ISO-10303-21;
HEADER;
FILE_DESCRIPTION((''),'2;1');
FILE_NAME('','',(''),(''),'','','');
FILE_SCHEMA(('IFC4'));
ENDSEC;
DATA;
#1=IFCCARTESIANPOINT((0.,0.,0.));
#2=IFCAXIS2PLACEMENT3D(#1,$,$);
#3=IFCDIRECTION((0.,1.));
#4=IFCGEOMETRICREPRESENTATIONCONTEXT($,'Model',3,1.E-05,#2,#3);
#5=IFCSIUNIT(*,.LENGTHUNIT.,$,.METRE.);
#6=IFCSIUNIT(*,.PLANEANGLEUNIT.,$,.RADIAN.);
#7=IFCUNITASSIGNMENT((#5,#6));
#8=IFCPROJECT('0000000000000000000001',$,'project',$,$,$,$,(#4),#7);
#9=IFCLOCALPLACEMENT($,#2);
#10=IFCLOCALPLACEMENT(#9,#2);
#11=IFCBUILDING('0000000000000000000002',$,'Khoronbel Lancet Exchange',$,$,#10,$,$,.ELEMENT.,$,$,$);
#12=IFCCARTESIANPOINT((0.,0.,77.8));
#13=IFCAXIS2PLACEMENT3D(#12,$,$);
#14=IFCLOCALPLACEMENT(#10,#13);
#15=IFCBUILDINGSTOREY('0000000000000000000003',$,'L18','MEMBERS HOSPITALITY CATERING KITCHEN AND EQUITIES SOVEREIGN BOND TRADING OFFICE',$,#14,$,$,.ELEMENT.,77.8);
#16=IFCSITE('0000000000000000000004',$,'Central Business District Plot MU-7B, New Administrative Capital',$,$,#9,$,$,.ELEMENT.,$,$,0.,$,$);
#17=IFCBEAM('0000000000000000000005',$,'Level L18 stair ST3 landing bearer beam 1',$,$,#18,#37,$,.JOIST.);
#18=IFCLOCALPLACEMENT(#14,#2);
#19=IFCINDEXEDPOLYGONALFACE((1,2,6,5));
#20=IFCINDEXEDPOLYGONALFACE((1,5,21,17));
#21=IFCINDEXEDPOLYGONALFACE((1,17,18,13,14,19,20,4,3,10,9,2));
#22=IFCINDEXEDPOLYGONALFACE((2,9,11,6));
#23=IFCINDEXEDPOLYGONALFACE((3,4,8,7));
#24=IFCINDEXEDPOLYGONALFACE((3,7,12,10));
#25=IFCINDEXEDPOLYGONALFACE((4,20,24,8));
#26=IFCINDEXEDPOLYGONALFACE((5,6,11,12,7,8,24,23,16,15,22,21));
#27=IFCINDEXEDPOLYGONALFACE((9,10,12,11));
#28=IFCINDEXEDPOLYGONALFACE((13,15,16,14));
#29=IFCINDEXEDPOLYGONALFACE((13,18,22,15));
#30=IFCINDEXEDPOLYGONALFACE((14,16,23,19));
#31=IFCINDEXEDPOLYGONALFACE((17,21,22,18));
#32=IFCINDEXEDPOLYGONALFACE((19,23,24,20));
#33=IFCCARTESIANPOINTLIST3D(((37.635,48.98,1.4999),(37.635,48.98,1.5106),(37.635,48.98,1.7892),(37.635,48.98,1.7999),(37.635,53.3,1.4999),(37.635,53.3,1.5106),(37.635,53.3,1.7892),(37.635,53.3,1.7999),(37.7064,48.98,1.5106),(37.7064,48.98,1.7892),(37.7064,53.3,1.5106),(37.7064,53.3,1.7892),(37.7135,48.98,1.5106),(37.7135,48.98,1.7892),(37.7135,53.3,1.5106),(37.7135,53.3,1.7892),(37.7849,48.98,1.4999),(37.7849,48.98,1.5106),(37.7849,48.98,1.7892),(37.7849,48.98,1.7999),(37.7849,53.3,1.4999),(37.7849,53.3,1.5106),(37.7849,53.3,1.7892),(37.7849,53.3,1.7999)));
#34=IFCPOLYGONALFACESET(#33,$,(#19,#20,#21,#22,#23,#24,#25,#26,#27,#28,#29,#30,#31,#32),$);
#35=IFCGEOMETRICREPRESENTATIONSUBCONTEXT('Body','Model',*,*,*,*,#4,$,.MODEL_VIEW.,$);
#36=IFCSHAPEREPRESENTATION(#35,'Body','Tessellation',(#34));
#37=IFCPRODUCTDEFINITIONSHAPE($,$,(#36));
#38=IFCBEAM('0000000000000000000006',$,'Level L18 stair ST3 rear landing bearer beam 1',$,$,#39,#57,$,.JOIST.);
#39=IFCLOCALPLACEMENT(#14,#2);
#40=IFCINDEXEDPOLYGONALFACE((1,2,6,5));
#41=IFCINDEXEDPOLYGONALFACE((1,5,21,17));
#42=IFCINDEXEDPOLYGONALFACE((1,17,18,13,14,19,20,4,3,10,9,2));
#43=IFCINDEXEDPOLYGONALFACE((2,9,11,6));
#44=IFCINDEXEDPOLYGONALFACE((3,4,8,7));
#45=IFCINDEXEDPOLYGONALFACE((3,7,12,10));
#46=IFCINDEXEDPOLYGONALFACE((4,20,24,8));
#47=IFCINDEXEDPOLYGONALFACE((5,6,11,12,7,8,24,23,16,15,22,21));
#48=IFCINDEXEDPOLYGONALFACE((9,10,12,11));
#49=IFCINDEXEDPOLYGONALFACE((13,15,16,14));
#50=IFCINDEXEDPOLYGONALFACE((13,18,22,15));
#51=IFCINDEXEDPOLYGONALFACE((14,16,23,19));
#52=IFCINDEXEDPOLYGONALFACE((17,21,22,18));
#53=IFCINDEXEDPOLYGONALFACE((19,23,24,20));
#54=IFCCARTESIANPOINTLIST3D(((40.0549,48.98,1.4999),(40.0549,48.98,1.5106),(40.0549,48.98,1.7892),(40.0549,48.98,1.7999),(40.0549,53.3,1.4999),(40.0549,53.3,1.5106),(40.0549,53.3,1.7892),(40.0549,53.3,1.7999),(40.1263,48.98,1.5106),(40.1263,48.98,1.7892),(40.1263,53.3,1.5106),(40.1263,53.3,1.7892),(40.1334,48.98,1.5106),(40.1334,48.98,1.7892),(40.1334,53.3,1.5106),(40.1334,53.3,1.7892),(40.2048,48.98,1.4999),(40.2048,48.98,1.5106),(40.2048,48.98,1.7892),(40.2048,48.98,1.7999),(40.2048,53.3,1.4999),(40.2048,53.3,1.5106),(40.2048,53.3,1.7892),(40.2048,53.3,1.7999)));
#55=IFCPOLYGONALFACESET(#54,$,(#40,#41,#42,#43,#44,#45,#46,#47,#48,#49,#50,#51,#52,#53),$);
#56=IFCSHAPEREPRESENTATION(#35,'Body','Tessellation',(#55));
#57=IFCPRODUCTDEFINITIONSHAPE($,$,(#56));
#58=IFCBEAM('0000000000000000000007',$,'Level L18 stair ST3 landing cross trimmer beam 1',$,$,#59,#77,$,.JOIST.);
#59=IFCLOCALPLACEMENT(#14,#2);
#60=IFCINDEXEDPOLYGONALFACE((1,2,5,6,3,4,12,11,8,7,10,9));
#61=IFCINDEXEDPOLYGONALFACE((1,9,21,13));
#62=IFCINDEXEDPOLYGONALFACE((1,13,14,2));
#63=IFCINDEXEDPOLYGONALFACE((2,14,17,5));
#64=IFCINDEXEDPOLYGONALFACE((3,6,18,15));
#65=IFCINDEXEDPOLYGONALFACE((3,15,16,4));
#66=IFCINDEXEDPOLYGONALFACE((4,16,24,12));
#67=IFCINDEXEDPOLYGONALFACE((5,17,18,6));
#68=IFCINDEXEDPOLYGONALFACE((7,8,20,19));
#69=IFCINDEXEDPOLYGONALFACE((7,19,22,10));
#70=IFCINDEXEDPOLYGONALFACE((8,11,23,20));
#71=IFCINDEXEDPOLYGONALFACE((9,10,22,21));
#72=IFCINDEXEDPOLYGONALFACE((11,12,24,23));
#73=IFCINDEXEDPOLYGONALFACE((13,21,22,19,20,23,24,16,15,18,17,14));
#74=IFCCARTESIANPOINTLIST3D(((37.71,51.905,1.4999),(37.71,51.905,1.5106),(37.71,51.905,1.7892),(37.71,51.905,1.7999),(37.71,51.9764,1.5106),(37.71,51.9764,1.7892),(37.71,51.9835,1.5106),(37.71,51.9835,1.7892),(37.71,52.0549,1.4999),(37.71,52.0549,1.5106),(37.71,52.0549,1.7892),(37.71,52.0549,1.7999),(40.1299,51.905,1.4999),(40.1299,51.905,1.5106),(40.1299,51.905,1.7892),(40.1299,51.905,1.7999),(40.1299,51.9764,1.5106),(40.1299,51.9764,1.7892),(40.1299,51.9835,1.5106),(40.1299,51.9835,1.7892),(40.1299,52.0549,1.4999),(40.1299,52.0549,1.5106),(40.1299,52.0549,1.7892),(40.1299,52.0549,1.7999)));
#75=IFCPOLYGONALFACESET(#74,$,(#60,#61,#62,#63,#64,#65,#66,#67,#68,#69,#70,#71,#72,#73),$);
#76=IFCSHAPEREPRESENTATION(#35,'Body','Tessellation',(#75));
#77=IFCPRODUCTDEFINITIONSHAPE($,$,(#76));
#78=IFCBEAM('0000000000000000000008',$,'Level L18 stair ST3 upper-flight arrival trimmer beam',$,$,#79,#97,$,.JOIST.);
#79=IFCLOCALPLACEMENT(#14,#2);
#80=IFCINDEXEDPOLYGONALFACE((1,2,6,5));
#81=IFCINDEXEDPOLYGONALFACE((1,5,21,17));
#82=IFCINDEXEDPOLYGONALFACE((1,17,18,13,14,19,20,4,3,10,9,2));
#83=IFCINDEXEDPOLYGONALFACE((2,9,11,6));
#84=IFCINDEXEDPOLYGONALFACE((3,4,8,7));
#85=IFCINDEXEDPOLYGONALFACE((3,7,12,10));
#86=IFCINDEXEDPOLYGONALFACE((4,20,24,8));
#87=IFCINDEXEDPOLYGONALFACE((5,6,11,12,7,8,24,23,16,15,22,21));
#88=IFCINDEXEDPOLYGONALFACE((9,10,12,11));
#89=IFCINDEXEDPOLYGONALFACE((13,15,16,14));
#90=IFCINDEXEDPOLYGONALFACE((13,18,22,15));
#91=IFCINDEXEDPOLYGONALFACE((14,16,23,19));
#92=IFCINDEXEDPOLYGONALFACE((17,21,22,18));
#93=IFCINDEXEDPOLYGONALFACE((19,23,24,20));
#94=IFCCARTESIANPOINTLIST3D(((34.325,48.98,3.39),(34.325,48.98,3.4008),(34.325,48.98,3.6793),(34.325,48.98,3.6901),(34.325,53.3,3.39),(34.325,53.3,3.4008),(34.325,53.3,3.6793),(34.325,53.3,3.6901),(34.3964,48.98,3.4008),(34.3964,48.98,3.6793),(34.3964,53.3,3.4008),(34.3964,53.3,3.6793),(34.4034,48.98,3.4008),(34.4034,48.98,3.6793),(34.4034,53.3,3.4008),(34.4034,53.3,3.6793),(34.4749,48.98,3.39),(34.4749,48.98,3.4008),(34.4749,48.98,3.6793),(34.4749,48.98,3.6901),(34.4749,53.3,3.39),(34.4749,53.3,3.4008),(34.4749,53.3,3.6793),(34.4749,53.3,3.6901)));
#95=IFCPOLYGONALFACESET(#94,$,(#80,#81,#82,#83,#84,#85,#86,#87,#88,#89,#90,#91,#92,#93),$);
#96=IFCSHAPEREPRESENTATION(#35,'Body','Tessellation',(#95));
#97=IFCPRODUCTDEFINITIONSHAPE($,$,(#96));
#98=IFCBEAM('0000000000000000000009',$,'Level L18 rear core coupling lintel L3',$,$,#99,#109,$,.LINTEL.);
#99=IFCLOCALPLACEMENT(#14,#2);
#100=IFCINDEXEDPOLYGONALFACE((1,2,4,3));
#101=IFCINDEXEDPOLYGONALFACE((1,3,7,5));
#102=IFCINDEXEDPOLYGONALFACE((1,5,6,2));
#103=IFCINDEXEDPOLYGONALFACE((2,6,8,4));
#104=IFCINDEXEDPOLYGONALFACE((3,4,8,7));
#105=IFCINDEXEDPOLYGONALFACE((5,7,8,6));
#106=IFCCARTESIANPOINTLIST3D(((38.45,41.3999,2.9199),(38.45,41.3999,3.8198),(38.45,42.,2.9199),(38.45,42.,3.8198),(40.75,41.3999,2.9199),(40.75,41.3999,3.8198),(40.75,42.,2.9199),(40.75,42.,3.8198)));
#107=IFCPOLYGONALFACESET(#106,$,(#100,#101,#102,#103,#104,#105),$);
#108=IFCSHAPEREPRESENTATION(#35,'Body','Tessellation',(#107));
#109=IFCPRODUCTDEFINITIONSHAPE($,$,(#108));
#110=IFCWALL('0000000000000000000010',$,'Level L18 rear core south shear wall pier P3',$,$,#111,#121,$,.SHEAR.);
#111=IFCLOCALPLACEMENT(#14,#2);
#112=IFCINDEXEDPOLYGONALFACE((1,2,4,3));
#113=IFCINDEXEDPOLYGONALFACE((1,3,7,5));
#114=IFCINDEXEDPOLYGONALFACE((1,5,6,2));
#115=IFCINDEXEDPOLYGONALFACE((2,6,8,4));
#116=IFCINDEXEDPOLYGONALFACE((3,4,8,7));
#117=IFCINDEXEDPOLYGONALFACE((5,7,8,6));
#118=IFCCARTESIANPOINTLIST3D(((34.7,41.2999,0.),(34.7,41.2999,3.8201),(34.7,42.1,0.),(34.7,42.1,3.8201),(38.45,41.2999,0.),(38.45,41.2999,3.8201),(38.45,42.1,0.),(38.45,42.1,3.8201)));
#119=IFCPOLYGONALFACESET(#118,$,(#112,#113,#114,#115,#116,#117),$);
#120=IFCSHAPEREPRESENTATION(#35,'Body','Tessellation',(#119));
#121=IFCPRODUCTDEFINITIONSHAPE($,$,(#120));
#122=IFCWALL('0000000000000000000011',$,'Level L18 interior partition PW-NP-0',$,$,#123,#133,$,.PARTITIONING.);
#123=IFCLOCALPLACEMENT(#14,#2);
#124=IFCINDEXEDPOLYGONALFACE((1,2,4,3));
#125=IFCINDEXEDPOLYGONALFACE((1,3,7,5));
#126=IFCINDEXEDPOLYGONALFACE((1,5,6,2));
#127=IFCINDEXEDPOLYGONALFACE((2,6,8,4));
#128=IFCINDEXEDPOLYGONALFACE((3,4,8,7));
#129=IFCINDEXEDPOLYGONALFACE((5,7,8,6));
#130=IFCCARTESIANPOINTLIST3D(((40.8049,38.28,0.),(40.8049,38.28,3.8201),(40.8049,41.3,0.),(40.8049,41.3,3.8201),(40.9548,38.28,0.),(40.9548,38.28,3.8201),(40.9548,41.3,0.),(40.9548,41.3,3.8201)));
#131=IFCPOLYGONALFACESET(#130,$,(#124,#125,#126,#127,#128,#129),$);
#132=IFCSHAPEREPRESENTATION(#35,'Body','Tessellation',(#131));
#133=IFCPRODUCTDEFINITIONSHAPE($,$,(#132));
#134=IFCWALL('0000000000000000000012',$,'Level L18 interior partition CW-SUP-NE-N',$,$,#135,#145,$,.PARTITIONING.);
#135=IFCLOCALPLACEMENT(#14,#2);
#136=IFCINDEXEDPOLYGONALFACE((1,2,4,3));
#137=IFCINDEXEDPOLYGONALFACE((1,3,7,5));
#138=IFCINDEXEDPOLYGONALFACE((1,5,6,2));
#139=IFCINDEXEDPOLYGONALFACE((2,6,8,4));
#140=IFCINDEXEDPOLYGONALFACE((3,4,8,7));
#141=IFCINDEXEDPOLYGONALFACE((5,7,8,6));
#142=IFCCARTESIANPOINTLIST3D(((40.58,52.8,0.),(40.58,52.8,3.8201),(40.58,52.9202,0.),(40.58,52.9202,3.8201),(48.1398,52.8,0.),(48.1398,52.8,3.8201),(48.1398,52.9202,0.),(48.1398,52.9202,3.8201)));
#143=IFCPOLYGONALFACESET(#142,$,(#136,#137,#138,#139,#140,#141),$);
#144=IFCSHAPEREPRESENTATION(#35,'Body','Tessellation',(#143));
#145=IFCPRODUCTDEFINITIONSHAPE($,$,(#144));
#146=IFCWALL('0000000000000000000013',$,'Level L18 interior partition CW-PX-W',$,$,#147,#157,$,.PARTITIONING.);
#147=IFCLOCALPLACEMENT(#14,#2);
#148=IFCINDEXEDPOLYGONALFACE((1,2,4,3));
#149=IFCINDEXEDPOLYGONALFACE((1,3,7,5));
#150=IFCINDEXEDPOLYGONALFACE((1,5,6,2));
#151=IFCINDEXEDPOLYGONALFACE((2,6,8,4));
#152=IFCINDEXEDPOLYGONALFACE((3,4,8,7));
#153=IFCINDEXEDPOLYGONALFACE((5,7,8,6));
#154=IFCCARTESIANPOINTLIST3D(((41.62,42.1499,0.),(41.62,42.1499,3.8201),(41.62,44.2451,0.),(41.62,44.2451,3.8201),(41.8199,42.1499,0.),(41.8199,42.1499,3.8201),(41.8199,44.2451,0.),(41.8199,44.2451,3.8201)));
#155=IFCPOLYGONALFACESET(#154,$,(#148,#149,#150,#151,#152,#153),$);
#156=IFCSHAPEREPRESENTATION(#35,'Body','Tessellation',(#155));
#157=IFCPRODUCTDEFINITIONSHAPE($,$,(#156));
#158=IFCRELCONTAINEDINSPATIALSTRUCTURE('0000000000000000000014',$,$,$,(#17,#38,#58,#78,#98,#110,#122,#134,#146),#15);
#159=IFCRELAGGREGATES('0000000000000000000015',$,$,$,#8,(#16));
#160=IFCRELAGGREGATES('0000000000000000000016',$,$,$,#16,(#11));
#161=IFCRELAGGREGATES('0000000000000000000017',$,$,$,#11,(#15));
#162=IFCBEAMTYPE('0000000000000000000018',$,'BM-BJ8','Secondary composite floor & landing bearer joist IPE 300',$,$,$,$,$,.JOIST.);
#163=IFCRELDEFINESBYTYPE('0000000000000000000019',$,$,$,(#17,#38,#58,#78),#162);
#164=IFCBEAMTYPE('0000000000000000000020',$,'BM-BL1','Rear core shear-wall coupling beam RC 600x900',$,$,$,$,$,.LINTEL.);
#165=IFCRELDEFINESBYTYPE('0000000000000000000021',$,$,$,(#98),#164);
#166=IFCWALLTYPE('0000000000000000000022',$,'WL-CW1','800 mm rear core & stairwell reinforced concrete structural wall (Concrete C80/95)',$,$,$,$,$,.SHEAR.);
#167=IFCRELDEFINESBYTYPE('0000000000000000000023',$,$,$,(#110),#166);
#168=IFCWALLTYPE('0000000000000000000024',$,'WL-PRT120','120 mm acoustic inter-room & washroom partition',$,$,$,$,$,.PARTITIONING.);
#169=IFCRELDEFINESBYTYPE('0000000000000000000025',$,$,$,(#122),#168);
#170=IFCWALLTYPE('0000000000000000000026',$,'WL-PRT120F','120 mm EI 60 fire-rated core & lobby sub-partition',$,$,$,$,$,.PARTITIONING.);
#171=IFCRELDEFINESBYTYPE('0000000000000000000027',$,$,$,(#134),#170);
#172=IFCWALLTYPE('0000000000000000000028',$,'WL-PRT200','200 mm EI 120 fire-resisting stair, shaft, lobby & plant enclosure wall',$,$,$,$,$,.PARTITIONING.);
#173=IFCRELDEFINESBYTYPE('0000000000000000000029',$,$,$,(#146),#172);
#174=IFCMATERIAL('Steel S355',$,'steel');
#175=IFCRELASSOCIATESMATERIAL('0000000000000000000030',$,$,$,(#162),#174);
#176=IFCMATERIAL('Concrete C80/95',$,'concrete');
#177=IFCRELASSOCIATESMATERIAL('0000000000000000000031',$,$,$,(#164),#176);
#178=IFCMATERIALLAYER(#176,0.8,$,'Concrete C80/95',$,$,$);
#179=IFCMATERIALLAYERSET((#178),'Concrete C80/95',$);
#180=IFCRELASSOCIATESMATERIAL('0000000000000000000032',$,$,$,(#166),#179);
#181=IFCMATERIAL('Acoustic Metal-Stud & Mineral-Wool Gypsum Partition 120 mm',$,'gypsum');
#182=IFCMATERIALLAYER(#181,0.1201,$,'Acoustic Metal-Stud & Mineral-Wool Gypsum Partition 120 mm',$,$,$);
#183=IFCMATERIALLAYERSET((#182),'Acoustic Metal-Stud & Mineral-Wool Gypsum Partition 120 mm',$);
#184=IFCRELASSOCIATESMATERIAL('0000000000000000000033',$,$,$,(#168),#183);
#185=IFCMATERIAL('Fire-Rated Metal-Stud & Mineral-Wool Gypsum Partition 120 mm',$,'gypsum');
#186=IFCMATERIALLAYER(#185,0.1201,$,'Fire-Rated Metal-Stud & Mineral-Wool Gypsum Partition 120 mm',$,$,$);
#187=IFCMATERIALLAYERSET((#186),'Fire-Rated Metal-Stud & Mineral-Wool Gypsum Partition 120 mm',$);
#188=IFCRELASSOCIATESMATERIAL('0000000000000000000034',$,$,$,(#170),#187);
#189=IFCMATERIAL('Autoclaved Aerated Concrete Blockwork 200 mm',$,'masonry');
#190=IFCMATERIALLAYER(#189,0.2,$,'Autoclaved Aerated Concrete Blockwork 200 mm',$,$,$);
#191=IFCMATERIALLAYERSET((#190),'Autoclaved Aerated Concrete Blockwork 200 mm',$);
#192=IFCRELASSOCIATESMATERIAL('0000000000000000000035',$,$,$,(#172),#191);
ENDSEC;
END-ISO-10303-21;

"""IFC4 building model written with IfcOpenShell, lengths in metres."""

from ifc_helpers import new_model, si_unit, direction, frame, frame_2d, origin, origin_2d, place, context, subcontext, project, spatial, rectangle, i_section, extrude, material, layer, layer_set, material_profile, profile_set, type_object, element, save


model = new_model("IFC4")

# Units and contexts
model_context = context("Model", 3, precision=1e-05, world=origin(), true_north=direction((0.0, 1.0)))
body_context = subcontext(model_context, "Body", "Model", "MODEL_VIEW")
ifc_project = project(units=[si_unit("LENGTHUNIT", "METRE"), si_unit("PLANEANGLEUNIT", "RADIAN")], contexts=[model_context])

# Site, building, storey
site_placement = place(None, origin())
site = spatial("IfcSite", under=ifc_project, at=site_placement, Name="Central Business District Plot MU-7B, New Administrative Capital", CompositionType="ELEMENT", RefElevation=0.0)
building_placement = place(site_placement, origin())
building = spatial("IfcBuilding", under=site, at=building_placement, Name="Khoronbel Lancet Exchange", CompositionType="ELEMENT")
storey_placement = place(building_placement, frame((0.0, 0.0, 77.8)))
storey = spatial("IfcBuildingStorey", under=building, at=storey_placement, Name="L18", Description="MEMBERS HOSPITALITY CATERING KITCHEN AND EQUITIES SOVEREIGN BOND TRADING OFFICE", CompositionType="ELEMENT", Elevation=77.8)

# Beams
ifc_material_1 = material(Name="Steel S355", Category="steel")
ifc_material_profile_1 = material_profile(ifc_material_1, i_section(OverallWidth=0.1499, OverallDepth=0.3, WebThickness=0.0071, FlangeThickness=0.0107, at=origin_2d()), Name="IPE 300")
ifc_profile_set_1 = profile_set([ifc_material_profile_1], Name="Steel S355")
beam_type_1 = type_object("IfcBeamType", Name="BM-BJ8", Description="Secondary composite floor & landing bearer joist IPE 300", PredefinedType="JOIST", material=ifc_profile_set_1)
for number, where, z_axis, x_axis, name in (
    (1, (37.71, 48.98, 1.6499), (0.0, 1.0, 0.0), (-1.0, 0.0, 0.0), "Level L18 stair ST3 landing bearer beam 1"),
    (2, (40.1299, 48.98, 1.6499), (0.0, 1.0, 0.0), (-1.0, 0.0, 0.0), "Level L18 stair ST3 rear landing bearer beam 1"),
):
    element("IfcBeam", number, at=place(storey_placement, frame(where, z_axis=z_axis, x_axis=x_axis)), inside=storey, type_object=beam_type_1, Name=name, PredefinedType="JOIST", context=body_context, shape_type="SweptSolid", body=[
        extrude(i_section(OverallWidth=0.1499, OverallDepth=0.3, WebThickness=0.0071, FlangeThickness=0.0107, at=origin_2d()), origin(), (0.0, 0.0, 1.0), 4.3201),
    ])
beam_1_placement = place(storey_placement, frame((37.71, 51.98, 1.6499), z_axis=(1.0, 0.0, 0.0), x_axis=(0.0, 1.0, 0.0)))
element("IfcBeam", 3, at=beam_1_placement, inside=storey, type_object=beam_type_1, Name="Level L18 stair ST3 landing cross trimmer beam 1", PredefinedType="JOIST", context=body_context, shape_type="SweptSolid", body=[
    extrude(i_section(OverallWidth=0.1499, OverallDepth=0.3, WebThickness=0.0071, FlangeThickness=0.0107, at=origin_2d()), origin(), (0.0, 0.0, 1.0), 2.4199),
])
beam_2_placement = place(storey_placement, frame((34.3999, 48.98, 3.54), z_axis=(0.0, 1.0, 0.0), x_axis=(-1.0, 0.0, 0.0)))
element("IfcBeam", 4, at=beam_2_placement, inside=storey, type_object=beam_type_1, Name="Level L18 stair ST3 upper-flight arrival trimmer beam", PredefinedType="JOIST", context=body_context, shape_type="SweptSolid", body=[
    extrude(i_section(OverallWidth=0.1499, OverallDepth=0.3, WebThickness=0.0071, FlangeThickness=0.0107, at=origin_2d()), origin(), (0.0, 0.0, 1.0), 4.3201),
])
ifc_material_2 = material(Name="Concrete C80/95", Category="concrete")
ifc_material_profile_2 = material_profile(ifc_material_2, rectangle(XDim=0.6001, YDim=0.8999, at=origin_2d()), Name="RC 600x900")
ifc_profile_set_2 = profile_set([ifc_material_profile_2], Name="Concrete C80/95")
beam_type_2 = type_object("IfcBeamType", Name="BM-BL1", Description="Rear core shear-wall coupling beam RC 600x900", PredefinedType="LINTEL", material=ifc_profile_set_2)
beam_3_placement = place(storey_placement, frame((38.45, 41.7, 3.3699), z_axis=(1.0, 0.0, 0.0), x_axis=(0.0, 1.0, 0.0)))
element("IfcBeam", 5, at=beam_3_placement, inside=storey, type_object=beam_type_2, Name="Level L18 rear core coupling lintel L3", PredefinedType="LINTEL", context=body_context, shape_type="SweptSolid", body=[
    extrude(rectangle(XDim=0.6001, YDim=0.8999, at=origin_2d()), origin(), (0.0, 0.0, 1.0), 2.3),
])

# Walls
ifc_layer_1 = layer(ifc_material_2, 0.8, Name="Concrete C80/95")
ifc_layer_set_1 = layer_set([ifc_layer_1], Name="Concrete C80/95")
wall_type_1 = type_object("IfcWallType", Name="WL-CW1", Description="800 mm rear core & stairwell reinforced concrete structural wall (Concrete C80/95)", PredefinedType="SHEAR", material=ifc_layer_set_1)
wall_1_placement = place(storey_placement, frame((38.45, 41.7, 0.0), z_axis=(0.0, 0.0, 1.0), x_axis=(-1.0, 0.0, 0.0)))
element("IfcWall", 6, at=wall_1_placement, inside=storey, type_object=wall_type_1, Name="Level L18 rear core south shear wall pier P3", PredefinedType="SHEAR", context=body_context, shape_type="SweptSolid", body=[
    extrude(rectangle(XDim=3.75, YDim=0.8, at=frame_2d((1.875, 0.0))), origin(), (0.0, 0.0, 1.0), 3.8201),
])
ifc_material_3 = material(Name="Acoustic Metal-Stud & Mineral-Wool Gypsum Partition 120 mm", Category="gypsum")
ifc_layer_2 = layer(ifc_material_3, 0.1201, Name="Acoustic Metal-Stud & Mineral-Wool Gypsum Partition 120 mm")
ifc_layer_set_2 = layer_set([ifc_layer_2], Name="Acoustic Metal-Stud & Mineral-Wool Gypsum Partition 120 mm")
wall_type_2 = type_object("IfcWallType", Name="WL-PRT120", Description="120 mm acoustic inter-room & washroom partition", PredefinedType="PARTITIONING", material=ifc_layer_set_2)
wall_2_placement = place(storey_placement, frame((40.8799, 38.28, 0.0), z_axis=(0.0, 0.0, 1.0), x_axis=(0.0, 1.0, 0.0)))
element("IfcWall", 7, at=wall_2_placement, inside=storey, type_object=wall_type_2, Name="Level L18 interior partition PW-NP-0", PredefinedType="PARTITIONING", context=body_context, shape_type="SweptSolid", body=[
    extrude(rectangle(XDim=3.02, YDim=0.1499, at=frame_2d((1.51, 0.0))), origin(), (0.0, 0.0, 1.0), 3.8201),
])
ifc_material_4 = material(Name="Fire-Rated Metal-Stud & Mineral-Wool Gypsum Partition 120 mm", Category="gypsum")
ifc_layer_3 = layer(ifc_material_4, 0.1201, Name="Fire-Rated Metal-Stud & Mineral-Wool Gypsum Partition 120 mm")
ifc_layer_set_3 = layer_set([ifc_layer_3], Name="Fire-Rated Metal-Stud & Mineral-Wool Gypsum Partition 120 mm")
wall_type_3 = type_object("IfcWallType", Name="WL-PRT120F", Description="120 mm EI 60 fire-rated core & lobby sub-partition", PredefinedType="PARTITIONING", material=ifc_layer_set_3)
wall_3_placement = place(storey_placement, frame((40.5801, 52.8601, 0.0), z_axis=(0.0, 0.0, 1.0), x_axis=(1.0, 0.0, 0.0)))
element("IfcWall", 8, at=wall_3_placement, inside=storey, type_object=wall_type_3, Name="Level L18 interior partition CW-SUP-NE-N", PredefinedType="PARTITIONING", context=body_context, shape_type="SweptSolid", body=[
    extrude(rectangle(XDim=7.5598, YDim=0.1201, at=frame_2d((3.7798, 0.0))), origin(), (0.0, 0.0, 1.0), 3.8201),
])
ifc_material_5 = material(Name="Autoclaved Aerated Concrete Blockwork 200 mm", Category="masonry")
ifc_layer_4 = layer(ifc_material_5, 0.2, Name="Autoclaved Aerated Concrete Blockwork 200 mm")
ifc_layer_set_4 = layer_set([ifc_layer_4], Name="Autoclaved Aerated Concrete Blockwork 200 mm")
wall_type_4 = type_object("IfcWallType", Name="WL-PRT200", Description="200 mm EI 120 fire-resisting stair, shaft, lobby & plant enclosure wall", PredefinedType="PARTITIONING", material=ifc_layer_set_4)
wall_4_placement = place(storey_placement, frame((41.72, 42.1499, 0.0), z_axis=(0.0, 0.0, 1.0), x_axis=(0.0, 1.0, 0.0)))
element("IfcWall", 9, at=wall_4_placement, inside=storey, type_object=wall_type_4, Name="Level L18 interior partition CW-PX-W", PredefinedType="PARTITIONING", context=body_context, shape_type="SweptSolid", body=[
    extrude(rectangle(XDim=2.0952, YDim=0.2, at=frame_2d((1.0476, 0.0))), origin(), (0.0, 0.0, 1.0), 3.8201),
])

save(model, "model.ifc")
